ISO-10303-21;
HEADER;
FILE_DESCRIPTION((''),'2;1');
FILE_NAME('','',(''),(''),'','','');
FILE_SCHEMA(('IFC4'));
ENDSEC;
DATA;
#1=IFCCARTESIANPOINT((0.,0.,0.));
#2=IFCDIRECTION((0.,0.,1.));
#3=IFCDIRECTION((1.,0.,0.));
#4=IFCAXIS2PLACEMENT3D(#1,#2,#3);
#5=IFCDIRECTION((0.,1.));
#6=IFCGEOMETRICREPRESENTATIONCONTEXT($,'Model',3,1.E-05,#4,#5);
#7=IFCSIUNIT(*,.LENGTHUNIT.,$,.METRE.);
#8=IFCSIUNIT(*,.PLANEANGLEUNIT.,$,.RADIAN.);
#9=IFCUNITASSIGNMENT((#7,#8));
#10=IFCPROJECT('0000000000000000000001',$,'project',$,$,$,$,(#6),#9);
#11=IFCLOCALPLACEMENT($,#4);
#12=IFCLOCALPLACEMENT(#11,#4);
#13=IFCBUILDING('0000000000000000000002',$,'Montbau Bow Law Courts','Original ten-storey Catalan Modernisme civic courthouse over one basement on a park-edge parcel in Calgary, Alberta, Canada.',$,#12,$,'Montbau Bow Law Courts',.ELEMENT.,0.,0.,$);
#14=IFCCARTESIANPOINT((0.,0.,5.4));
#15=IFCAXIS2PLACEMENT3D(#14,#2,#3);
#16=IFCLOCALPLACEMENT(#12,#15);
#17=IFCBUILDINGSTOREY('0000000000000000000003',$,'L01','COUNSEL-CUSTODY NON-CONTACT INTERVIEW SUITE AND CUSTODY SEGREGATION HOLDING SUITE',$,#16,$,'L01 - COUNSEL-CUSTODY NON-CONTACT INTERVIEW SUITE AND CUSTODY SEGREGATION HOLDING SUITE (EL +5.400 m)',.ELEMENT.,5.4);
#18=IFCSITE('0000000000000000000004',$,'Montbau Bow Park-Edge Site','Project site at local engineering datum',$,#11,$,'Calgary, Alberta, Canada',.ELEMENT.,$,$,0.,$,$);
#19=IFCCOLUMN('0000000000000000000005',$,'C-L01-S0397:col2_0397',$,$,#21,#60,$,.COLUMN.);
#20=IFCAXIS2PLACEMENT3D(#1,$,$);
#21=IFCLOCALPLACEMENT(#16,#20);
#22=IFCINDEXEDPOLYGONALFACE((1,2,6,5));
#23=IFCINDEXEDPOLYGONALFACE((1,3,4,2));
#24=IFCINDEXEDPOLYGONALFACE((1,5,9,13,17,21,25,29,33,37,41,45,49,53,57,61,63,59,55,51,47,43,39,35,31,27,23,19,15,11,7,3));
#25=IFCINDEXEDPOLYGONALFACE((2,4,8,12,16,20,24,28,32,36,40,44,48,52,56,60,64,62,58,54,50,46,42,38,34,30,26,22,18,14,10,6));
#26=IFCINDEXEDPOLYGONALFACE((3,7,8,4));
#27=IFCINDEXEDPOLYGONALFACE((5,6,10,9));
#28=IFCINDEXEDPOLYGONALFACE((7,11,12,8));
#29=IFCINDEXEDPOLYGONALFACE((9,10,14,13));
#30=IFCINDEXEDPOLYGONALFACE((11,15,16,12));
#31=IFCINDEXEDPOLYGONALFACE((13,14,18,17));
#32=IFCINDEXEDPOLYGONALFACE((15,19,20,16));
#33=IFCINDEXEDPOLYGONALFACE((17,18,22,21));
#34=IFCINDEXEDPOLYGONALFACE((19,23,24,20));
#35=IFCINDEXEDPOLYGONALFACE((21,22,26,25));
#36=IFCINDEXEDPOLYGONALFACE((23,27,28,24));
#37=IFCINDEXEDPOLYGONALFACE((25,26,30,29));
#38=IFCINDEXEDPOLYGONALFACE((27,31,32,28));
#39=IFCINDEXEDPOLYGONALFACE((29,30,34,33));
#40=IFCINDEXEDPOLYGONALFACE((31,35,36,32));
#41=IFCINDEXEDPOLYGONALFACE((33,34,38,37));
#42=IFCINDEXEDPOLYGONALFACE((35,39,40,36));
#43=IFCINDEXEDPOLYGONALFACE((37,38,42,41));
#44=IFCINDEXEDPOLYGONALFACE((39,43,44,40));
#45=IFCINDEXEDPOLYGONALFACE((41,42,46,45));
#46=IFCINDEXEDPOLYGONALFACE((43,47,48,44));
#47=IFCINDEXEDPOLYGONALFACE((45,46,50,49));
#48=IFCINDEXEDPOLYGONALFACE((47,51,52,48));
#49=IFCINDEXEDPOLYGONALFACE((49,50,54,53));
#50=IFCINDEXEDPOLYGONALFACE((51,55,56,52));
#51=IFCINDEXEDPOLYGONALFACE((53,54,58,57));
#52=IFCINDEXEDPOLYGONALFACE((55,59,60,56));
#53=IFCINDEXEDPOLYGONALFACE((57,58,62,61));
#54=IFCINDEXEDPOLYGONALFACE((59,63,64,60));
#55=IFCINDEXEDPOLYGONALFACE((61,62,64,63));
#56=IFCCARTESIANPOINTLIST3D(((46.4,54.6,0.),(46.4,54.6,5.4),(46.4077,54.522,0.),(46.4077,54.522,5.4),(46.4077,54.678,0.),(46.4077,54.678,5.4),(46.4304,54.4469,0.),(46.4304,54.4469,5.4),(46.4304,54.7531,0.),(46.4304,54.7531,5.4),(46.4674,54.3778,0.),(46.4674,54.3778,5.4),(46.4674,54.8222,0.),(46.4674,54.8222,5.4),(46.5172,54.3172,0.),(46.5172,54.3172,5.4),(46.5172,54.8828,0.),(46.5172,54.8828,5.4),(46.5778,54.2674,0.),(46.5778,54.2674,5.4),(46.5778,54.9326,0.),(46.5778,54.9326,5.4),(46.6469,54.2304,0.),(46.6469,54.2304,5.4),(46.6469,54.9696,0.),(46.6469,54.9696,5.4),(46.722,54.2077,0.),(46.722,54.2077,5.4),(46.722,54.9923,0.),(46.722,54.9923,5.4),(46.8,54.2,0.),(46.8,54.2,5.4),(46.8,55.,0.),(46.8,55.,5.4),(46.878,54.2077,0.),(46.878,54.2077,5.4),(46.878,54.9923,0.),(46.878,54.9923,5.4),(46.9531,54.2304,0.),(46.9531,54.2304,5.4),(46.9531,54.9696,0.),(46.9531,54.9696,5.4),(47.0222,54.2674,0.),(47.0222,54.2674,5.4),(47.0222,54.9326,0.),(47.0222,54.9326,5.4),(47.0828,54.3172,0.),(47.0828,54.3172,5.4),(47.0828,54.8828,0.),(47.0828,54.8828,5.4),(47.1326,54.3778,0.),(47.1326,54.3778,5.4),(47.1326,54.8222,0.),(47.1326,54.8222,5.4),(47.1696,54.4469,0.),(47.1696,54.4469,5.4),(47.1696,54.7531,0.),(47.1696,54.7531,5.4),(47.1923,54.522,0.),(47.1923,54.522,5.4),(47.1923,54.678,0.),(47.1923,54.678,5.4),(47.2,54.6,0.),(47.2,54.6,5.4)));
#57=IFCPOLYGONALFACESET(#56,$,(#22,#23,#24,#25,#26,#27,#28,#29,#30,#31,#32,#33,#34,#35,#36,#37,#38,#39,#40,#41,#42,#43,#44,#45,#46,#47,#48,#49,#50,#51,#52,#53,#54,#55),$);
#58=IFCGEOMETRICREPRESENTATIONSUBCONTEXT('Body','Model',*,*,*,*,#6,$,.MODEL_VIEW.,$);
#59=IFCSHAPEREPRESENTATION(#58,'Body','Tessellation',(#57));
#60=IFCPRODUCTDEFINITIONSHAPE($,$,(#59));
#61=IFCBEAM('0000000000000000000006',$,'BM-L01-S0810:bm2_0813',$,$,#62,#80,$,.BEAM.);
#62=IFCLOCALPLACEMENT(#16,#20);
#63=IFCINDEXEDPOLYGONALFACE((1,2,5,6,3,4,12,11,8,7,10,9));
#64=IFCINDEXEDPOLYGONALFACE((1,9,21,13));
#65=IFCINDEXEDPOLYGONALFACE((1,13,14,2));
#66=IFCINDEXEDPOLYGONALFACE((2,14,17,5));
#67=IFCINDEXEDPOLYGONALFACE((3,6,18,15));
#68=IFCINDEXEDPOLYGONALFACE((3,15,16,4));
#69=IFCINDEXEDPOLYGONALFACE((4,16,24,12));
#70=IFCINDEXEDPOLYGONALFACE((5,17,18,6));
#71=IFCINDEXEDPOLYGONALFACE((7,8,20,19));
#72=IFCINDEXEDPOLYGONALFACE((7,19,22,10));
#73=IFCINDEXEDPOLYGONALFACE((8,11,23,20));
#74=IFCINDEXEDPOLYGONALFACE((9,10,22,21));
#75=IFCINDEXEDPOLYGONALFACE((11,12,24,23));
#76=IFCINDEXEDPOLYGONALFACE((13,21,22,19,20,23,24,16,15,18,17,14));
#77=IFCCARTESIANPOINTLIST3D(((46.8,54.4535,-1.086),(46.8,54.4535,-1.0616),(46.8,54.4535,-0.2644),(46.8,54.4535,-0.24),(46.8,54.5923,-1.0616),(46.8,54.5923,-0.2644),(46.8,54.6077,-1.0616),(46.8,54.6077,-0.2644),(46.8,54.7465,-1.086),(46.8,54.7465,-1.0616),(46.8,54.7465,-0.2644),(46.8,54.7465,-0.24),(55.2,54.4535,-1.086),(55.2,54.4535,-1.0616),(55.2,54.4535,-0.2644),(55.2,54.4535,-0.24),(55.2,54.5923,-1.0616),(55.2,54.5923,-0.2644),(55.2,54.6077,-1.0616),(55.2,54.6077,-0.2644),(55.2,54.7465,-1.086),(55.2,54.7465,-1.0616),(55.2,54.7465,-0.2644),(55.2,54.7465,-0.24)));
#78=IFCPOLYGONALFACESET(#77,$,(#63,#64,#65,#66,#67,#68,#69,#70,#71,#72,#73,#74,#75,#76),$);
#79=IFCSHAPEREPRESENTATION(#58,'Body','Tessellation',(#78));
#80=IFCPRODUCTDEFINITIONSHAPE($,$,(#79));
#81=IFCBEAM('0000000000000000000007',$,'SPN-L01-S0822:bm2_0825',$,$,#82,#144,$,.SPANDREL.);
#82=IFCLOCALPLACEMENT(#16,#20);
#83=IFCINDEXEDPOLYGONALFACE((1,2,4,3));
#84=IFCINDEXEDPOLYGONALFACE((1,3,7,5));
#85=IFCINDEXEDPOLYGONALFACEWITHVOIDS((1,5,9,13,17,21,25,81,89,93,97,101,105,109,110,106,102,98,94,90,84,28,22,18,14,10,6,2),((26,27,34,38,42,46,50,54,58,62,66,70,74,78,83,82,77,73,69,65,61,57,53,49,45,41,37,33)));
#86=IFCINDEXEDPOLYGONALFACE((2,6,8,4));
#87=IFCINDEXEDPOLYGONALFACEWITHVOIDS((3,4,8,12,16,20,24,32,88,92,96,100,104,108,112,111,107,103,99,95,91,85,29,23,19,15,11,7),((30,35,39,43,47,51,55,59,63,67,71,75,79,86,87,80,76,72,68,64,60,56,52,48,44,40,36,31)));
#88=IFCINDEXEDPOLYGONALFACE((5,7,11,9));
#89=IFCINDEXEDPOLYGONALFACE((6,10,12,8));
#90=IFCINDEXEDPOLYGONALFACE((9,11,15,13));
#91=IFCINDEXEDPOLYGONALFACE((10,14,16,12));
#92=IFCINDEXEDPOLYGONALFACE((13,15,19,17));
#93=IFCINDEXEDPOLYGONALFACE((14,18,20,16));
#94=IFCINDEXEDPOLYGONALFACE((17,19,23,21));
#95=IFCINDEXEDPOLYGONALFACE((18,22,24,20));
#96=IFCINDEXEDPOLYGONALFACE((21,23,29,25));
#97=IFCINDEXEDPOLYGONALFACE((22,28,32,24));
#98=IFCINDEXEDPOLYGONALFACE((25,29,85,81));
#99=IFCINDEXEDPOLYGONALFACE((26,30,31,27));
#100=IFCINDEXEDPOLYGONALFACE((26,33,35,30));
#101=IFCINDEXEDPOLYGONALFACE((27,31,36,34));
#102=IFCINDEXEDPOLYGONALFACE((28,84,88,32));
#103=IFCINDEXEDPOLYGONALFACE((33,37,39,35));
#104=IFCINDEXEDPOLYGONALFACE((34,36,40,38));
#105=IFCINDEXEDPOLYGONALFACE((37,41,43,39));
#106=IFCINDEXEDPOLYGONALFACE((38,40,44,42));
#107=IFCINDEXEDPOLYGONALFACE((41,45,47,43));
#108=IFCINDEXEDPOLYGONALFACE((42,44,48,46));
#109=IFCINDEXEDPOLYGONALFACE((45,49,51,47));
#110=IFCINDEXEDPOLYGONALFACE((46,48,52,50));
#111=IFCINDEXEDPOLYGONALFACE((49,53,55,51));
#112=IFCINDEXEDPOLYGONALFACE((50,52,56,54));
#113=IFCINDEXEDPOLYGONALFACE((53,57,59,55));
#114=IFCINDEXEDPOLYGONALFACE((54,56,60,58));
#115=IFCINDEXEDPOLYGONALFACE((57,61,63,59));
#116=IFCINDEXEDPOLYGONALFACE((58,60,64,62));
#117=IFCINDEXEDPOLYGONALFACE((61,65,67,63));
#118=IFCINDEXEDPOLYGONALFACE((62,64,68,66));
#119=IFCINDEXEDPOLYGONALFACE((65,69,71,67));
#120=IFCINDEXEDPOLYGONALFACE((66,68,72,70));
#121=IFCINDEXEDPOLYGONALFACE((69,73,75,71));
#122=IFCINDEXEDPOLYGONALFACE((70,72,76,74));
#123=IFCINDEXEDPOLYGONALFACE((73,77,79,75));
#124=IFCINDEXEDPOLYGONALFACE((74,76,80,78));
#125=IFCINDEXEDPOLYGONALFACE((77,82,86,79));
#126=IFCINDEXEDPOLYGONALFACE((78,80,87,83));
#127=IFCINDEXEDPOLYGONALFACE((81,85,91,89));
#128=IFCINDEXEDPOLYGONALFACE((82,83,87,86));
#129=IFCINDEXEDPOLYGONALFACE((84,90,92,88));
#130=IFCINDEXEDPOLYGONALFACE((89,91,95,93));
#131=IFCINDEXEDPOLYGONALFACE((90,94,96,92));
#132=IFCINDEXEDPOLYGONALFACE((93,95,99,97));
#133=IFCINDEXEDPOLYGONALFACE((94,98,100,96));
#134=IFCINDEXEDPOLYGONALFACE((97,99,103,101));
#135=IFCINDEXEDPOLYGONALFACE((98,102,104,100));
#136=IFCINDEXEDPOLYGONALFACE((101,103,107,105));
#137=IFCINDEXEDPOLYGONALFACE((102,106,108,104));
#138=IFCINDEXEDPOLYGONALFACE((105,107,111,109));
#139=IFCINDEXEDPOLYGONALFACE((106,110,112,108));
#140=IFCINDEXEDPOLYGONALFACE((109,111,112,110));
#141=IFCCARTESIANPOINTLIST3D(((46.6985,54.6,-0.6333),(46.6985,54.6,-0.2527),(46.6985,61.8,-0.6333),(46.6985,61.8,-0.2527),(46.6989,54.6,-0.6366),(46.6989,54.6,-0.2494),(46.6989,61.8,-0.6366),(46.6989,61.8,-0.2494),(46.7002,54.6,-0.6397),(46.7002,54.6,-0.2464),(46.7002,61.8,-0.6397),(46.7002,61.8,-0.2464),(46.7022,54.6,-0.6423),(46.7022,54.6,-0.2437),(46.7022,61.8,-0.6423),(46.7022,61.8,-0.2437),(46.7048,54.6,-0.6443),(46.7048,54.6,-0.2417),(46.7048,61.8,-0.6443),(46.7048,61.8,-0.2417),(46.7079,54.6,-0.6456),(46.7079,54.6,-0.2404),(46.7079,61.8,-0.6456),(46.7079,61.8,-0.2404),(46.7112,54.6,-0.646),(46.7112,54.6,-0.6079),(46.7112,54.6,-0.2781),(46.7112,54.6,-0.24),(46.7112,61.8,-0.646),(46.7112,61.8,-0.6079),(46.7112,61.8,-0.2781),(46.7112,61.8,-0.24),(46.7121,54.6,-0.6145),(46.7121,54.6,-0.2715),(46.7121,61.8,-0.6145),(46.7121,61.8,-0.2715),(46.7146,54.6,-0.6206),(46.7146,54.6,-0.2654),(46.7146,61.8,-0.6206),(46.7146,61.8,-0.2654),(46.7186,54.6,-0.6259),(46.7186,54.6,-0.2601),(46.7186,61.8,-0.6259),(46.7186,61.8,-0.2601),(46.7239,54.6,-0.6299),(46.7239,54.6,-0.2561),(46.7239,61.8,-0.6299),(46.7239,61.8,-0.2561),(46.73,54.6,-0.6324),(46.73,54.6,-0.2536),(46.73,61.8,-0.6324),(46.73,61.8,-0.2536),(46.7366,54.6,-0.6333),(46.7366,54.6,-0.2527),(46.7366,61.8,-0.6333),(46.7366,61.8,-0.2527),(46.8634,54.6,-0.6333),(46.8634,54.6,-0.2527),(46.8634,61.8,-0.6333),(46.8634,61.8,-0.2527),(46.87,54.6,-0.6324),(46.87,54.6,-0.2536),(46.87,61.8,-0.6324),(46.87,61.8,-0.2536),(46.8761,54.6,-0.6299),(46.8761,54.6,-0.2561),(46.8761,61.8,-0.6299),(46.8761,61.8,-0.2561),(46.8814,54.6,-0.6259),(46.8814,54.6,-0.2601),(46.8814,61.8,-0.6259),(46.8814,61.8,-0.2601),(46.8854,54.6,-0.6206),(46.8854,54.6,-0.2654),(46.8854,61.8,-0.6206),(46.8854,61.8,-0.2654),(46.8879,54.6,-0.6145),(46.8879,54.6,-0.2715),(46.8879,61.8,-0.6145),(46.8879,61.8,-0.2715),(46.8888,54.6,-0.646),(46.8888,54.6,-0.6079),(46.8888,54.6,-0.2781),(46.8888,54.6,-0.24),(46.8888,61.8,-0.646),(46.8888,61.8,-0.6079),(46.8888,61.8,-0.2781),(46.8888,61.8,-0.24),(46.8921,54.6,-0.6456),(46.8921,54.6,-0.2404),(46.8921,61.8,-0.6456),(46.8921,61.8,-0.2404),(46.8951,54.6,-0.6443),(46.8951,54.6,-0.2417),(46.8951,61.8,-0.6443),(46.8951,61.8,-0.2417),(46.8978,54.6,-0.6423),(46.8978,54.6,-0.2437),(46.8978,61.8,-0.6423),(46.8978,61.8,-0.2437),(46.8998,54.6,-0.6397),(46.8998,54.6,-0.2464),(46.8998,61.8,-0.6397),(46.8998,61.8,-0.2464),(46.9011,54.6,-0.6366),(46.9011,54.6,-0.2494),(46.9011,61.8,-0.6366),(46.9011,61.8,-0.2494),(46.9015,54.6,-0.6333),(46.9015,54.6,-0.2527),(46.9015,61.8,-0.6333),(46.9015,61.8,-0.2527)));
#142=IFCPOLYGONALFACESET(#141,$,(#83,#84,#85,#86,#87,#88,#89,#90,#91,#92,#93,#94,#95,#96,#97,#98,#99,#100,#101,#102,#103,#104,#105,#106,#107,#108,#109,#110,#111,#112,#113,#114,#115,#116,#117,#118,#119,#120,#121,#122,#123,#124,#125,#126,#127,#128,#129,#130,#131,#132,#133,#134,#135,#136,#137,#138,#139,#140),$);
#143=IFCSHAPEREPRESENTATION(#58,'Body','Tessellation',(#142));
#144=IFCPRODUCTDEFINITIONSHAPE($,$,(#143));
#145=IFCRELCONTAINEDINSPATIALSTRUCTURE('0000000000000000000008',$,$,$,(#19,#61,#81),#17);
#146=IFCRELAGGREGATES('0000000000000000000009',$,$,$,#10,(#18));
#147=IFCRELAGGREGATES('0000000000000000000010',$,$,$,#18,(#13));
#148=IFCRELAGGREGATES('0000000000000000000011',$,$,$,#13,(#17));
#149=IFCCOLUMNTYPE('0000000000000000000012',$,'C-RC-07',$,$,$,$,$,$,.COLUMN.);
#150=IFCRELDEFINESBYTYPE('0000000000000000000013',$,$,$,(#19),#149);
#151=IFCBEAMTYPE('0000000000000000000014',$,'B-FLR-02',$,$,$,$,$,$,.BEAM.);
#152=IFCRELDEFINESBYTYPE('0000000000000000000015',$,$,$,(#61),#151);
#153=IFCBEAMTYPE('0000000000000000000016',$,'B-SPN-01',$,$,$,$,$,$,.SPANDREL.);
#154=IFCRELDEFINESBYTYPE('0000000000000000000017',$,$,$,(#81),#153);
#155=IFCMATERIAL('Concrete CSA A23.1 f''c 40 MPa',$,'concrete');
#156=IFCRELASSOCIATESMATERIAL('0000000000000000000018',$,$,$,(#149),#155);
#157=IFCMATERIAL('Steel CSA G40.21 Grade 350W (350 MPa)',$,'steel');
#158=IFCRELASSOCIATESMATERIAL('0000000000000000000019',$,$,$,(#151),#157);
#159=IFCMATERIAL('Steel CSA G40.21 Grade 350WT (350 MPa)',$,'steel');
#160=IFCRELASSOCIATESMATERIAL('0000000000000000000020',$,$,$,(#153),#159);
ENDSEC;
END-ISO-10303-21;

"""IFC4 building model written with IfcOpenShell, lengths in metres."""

from ifc_helpers import new_model, si_unit, direction, frame, origin_with_axes, origin_2d_with_axis, place, context, subcontext, project, spatial, hollow_rectangle, circle, i_section, extrude, material, material_profile, profile_set, type_object, element, save


model = new_model("IFC4")

# Units and contexts
model_context = context("Model", 3, precision=1e-05, world=origin_with_axes(), true_north=direction((0.0, 1.0)))
body_context = subcontext(model_context, "Body", "Model", "MODEL_VIEW")
ifc_project = project(units=[si_unit("LENGTHUNIT", "METRE"), si_unit("PLANEANGLEUNIT", "RADIAN")], contexts=[model_context])

# Site, building, storey
site_placement = place(None, origin_with_axes())
site = spatial("IfcSite", under=ifc_project, at=site_placement, Name="Montbau Bow Park-Edge Site", Description="Project site at local engineering datum", LongName="Calgary, Alberta, Canada", CompositionType="ELEMENT", RefElevation=0.0)
building_placement = place(site_placement, origin_with_axes())
building = spatial("IfcBuilding", under=site, at=building_placement, Name="Montbau Bow Law Courts", Description="Original ten-storey Catalan Modernisme civic courthouse over one basement on a park-edge parcel in Calgary, Alberta, Canada.", LongName="Montbau Bow Law Courts", CompositionType="ELEMENT", ElevationOfRefHeight=0.0, ElevationOfTerrain=0.0)
storey_placement = place(building_placement, frame((0.0, 0.0, 5.4), z_axis=(0.0, 0.0, 1.0), x_axis=(1.0, 0.0, 0.0)))
storey = spatial("IfcBuildingStorey", under=building, at=storey_placement, Name="L01", Description="COUNSEL-CUSTODY NON-CONTACT INTERVIEW SUITE AND CUSTODY SEGREGATION HOLDING SUITE", LongName="L01 - COUNSEL-CUSTODY NON-CONTACT INTERVIEW SUITE AND CUSTODY SEGREGATION HOLDING SUITE (EL +5.400 m)", CompositionType="ELEMENT", Elevation=5.4)

# Column
ifc_material_1 = material(Name="Concrete CSA A23.1 f'c 40 MPa", Category="concrete")
ifc_material_profile_1 = material_profile(ifc_material_1, circle(Radius=0.4, at=origin_2d_with_axis()), Name="RC800D", Category="Main", Priority=0)
ifc_profile_set_1 = profile_set([ifc_material_profile_1], Name="Concrete CSA A23.1 f'c 40 MPa")
column_type = type_object("IfcColumnType", Name="C-RC-07", PredefinedType="COLUMN", material=ifc_profile_set_1)
column_placement = place(None, frame((46.8, 54.6, 5.4), z_axis=(0.0, 0.0, 1.0), x_axis=(1.0, 0.0, 0.0)))
element("IfcColumn", 1, at=column_placement, inside=storey, type_object=column_type, Name="C-L01-S0397:col2_0397", PredefinedType="COLUMN", context=body_context, shape_type="SweptSolid", body=[
    extrude(circle(Radius=0.4, at=origin_2d_with_axis()), origin_with_axes(), (0.0, 0.0, 1.0), 5.4),
])

# Beams
ifc_material_2 = material(Name="Steel CSA G40.21 Grade 350W (350 MPa)", Category="steel")
ifc_material_profile_2 = material_profile(ifc_material_2, i_section(OverallWidth=0.293, OverallDepth=0.846, WebThickness=0.0154, FlangeThickness=0.0244, at=origin_2d_with_axis()), Name="W840X210", Category="Main", Priority=0)
ifc_profile_set_2 = profile_set([ifc_material_profile_2], Name="Steel CSA G40.21 Grade 350W (350 MPa)")
beam_type_1 = type_object("IfcBeamType", Name="B-FLR-02", PredefinedType="BEAM", material=ifc_profile_set_2)
beam_1_placement = place(None, frame((46.8, 54.6, 4.737), z_axis=(1.0, 0.0, 0.0), x_axis=(0.0, 1.0, 0.0)))
element("IfcBeam", 2, at=beam_1_placement, inside=storey, type_object=beam_type_1, Name="BM-L01-S0810:bm2_0813", PredefinedType="BEAM", context=body_context, shape_type="SweptSolid", body=[
    extrude(i_section(OverallWidth=0.293, OverallDepth=0.846, WebThickness=0.0154, FlangeThickness=0.0244, at=origin_2d_with_axis()), origin_with_axes(), (0.0, 0.0, 1.0), 8.4),
])
ifc_material_3 = material(Name="Steel CSA G40.21 Grade 350WT (350 MPa)", Category="steel")
ifc_material_profile_3 = material_profile(ifc_material_3, hollow_rectangle(XDim=0.203, YDim=0.406, WallThickness=0.0127, InnerFilletRadius=0.0254, OuterFilletRadius=0.0127, at=origin_2d_with_axis()), Name="HSS406X203X13", Category="Main", Priority=0)
ifc_profile_set_3 = profile_set([ifc_material_profile_3], Name="Steel CSA G40.21 Grade 350WT (350 MPa)")
beam_type_2 = type_object("IfcBeamType", Name="B-SPN-01", PredefinedType="SPANDREL", material=ifc_profile_set_3)
beam_2_placement = place(None, frame((46.8, 54.6, 4.957), z_axis=(0.0, 1.0, 0.0), x_axis=(-1.0, 0.0, 0.0)))
element("IfcBeam", 3, at=beam_2_placement, inside=storey, type_object=beam_type_2, Name="SPN-L01-S0822:bm2_0825", PredefinedType="SPANDREL", context=body_context, shape_type="SweptSolid", body=[
    extrude(hollow_rectangle(XDim=0.203, YDim=0.406, WallThickness=0.0127, InnerFilletRadius=0.0254, OuterFilletRadius=0.0127, at=origin_2d_with_axis()), origin_with_axes(), (0.0, 0.0, 1.0), 7.2),
])

save(model, "model.ifc")
